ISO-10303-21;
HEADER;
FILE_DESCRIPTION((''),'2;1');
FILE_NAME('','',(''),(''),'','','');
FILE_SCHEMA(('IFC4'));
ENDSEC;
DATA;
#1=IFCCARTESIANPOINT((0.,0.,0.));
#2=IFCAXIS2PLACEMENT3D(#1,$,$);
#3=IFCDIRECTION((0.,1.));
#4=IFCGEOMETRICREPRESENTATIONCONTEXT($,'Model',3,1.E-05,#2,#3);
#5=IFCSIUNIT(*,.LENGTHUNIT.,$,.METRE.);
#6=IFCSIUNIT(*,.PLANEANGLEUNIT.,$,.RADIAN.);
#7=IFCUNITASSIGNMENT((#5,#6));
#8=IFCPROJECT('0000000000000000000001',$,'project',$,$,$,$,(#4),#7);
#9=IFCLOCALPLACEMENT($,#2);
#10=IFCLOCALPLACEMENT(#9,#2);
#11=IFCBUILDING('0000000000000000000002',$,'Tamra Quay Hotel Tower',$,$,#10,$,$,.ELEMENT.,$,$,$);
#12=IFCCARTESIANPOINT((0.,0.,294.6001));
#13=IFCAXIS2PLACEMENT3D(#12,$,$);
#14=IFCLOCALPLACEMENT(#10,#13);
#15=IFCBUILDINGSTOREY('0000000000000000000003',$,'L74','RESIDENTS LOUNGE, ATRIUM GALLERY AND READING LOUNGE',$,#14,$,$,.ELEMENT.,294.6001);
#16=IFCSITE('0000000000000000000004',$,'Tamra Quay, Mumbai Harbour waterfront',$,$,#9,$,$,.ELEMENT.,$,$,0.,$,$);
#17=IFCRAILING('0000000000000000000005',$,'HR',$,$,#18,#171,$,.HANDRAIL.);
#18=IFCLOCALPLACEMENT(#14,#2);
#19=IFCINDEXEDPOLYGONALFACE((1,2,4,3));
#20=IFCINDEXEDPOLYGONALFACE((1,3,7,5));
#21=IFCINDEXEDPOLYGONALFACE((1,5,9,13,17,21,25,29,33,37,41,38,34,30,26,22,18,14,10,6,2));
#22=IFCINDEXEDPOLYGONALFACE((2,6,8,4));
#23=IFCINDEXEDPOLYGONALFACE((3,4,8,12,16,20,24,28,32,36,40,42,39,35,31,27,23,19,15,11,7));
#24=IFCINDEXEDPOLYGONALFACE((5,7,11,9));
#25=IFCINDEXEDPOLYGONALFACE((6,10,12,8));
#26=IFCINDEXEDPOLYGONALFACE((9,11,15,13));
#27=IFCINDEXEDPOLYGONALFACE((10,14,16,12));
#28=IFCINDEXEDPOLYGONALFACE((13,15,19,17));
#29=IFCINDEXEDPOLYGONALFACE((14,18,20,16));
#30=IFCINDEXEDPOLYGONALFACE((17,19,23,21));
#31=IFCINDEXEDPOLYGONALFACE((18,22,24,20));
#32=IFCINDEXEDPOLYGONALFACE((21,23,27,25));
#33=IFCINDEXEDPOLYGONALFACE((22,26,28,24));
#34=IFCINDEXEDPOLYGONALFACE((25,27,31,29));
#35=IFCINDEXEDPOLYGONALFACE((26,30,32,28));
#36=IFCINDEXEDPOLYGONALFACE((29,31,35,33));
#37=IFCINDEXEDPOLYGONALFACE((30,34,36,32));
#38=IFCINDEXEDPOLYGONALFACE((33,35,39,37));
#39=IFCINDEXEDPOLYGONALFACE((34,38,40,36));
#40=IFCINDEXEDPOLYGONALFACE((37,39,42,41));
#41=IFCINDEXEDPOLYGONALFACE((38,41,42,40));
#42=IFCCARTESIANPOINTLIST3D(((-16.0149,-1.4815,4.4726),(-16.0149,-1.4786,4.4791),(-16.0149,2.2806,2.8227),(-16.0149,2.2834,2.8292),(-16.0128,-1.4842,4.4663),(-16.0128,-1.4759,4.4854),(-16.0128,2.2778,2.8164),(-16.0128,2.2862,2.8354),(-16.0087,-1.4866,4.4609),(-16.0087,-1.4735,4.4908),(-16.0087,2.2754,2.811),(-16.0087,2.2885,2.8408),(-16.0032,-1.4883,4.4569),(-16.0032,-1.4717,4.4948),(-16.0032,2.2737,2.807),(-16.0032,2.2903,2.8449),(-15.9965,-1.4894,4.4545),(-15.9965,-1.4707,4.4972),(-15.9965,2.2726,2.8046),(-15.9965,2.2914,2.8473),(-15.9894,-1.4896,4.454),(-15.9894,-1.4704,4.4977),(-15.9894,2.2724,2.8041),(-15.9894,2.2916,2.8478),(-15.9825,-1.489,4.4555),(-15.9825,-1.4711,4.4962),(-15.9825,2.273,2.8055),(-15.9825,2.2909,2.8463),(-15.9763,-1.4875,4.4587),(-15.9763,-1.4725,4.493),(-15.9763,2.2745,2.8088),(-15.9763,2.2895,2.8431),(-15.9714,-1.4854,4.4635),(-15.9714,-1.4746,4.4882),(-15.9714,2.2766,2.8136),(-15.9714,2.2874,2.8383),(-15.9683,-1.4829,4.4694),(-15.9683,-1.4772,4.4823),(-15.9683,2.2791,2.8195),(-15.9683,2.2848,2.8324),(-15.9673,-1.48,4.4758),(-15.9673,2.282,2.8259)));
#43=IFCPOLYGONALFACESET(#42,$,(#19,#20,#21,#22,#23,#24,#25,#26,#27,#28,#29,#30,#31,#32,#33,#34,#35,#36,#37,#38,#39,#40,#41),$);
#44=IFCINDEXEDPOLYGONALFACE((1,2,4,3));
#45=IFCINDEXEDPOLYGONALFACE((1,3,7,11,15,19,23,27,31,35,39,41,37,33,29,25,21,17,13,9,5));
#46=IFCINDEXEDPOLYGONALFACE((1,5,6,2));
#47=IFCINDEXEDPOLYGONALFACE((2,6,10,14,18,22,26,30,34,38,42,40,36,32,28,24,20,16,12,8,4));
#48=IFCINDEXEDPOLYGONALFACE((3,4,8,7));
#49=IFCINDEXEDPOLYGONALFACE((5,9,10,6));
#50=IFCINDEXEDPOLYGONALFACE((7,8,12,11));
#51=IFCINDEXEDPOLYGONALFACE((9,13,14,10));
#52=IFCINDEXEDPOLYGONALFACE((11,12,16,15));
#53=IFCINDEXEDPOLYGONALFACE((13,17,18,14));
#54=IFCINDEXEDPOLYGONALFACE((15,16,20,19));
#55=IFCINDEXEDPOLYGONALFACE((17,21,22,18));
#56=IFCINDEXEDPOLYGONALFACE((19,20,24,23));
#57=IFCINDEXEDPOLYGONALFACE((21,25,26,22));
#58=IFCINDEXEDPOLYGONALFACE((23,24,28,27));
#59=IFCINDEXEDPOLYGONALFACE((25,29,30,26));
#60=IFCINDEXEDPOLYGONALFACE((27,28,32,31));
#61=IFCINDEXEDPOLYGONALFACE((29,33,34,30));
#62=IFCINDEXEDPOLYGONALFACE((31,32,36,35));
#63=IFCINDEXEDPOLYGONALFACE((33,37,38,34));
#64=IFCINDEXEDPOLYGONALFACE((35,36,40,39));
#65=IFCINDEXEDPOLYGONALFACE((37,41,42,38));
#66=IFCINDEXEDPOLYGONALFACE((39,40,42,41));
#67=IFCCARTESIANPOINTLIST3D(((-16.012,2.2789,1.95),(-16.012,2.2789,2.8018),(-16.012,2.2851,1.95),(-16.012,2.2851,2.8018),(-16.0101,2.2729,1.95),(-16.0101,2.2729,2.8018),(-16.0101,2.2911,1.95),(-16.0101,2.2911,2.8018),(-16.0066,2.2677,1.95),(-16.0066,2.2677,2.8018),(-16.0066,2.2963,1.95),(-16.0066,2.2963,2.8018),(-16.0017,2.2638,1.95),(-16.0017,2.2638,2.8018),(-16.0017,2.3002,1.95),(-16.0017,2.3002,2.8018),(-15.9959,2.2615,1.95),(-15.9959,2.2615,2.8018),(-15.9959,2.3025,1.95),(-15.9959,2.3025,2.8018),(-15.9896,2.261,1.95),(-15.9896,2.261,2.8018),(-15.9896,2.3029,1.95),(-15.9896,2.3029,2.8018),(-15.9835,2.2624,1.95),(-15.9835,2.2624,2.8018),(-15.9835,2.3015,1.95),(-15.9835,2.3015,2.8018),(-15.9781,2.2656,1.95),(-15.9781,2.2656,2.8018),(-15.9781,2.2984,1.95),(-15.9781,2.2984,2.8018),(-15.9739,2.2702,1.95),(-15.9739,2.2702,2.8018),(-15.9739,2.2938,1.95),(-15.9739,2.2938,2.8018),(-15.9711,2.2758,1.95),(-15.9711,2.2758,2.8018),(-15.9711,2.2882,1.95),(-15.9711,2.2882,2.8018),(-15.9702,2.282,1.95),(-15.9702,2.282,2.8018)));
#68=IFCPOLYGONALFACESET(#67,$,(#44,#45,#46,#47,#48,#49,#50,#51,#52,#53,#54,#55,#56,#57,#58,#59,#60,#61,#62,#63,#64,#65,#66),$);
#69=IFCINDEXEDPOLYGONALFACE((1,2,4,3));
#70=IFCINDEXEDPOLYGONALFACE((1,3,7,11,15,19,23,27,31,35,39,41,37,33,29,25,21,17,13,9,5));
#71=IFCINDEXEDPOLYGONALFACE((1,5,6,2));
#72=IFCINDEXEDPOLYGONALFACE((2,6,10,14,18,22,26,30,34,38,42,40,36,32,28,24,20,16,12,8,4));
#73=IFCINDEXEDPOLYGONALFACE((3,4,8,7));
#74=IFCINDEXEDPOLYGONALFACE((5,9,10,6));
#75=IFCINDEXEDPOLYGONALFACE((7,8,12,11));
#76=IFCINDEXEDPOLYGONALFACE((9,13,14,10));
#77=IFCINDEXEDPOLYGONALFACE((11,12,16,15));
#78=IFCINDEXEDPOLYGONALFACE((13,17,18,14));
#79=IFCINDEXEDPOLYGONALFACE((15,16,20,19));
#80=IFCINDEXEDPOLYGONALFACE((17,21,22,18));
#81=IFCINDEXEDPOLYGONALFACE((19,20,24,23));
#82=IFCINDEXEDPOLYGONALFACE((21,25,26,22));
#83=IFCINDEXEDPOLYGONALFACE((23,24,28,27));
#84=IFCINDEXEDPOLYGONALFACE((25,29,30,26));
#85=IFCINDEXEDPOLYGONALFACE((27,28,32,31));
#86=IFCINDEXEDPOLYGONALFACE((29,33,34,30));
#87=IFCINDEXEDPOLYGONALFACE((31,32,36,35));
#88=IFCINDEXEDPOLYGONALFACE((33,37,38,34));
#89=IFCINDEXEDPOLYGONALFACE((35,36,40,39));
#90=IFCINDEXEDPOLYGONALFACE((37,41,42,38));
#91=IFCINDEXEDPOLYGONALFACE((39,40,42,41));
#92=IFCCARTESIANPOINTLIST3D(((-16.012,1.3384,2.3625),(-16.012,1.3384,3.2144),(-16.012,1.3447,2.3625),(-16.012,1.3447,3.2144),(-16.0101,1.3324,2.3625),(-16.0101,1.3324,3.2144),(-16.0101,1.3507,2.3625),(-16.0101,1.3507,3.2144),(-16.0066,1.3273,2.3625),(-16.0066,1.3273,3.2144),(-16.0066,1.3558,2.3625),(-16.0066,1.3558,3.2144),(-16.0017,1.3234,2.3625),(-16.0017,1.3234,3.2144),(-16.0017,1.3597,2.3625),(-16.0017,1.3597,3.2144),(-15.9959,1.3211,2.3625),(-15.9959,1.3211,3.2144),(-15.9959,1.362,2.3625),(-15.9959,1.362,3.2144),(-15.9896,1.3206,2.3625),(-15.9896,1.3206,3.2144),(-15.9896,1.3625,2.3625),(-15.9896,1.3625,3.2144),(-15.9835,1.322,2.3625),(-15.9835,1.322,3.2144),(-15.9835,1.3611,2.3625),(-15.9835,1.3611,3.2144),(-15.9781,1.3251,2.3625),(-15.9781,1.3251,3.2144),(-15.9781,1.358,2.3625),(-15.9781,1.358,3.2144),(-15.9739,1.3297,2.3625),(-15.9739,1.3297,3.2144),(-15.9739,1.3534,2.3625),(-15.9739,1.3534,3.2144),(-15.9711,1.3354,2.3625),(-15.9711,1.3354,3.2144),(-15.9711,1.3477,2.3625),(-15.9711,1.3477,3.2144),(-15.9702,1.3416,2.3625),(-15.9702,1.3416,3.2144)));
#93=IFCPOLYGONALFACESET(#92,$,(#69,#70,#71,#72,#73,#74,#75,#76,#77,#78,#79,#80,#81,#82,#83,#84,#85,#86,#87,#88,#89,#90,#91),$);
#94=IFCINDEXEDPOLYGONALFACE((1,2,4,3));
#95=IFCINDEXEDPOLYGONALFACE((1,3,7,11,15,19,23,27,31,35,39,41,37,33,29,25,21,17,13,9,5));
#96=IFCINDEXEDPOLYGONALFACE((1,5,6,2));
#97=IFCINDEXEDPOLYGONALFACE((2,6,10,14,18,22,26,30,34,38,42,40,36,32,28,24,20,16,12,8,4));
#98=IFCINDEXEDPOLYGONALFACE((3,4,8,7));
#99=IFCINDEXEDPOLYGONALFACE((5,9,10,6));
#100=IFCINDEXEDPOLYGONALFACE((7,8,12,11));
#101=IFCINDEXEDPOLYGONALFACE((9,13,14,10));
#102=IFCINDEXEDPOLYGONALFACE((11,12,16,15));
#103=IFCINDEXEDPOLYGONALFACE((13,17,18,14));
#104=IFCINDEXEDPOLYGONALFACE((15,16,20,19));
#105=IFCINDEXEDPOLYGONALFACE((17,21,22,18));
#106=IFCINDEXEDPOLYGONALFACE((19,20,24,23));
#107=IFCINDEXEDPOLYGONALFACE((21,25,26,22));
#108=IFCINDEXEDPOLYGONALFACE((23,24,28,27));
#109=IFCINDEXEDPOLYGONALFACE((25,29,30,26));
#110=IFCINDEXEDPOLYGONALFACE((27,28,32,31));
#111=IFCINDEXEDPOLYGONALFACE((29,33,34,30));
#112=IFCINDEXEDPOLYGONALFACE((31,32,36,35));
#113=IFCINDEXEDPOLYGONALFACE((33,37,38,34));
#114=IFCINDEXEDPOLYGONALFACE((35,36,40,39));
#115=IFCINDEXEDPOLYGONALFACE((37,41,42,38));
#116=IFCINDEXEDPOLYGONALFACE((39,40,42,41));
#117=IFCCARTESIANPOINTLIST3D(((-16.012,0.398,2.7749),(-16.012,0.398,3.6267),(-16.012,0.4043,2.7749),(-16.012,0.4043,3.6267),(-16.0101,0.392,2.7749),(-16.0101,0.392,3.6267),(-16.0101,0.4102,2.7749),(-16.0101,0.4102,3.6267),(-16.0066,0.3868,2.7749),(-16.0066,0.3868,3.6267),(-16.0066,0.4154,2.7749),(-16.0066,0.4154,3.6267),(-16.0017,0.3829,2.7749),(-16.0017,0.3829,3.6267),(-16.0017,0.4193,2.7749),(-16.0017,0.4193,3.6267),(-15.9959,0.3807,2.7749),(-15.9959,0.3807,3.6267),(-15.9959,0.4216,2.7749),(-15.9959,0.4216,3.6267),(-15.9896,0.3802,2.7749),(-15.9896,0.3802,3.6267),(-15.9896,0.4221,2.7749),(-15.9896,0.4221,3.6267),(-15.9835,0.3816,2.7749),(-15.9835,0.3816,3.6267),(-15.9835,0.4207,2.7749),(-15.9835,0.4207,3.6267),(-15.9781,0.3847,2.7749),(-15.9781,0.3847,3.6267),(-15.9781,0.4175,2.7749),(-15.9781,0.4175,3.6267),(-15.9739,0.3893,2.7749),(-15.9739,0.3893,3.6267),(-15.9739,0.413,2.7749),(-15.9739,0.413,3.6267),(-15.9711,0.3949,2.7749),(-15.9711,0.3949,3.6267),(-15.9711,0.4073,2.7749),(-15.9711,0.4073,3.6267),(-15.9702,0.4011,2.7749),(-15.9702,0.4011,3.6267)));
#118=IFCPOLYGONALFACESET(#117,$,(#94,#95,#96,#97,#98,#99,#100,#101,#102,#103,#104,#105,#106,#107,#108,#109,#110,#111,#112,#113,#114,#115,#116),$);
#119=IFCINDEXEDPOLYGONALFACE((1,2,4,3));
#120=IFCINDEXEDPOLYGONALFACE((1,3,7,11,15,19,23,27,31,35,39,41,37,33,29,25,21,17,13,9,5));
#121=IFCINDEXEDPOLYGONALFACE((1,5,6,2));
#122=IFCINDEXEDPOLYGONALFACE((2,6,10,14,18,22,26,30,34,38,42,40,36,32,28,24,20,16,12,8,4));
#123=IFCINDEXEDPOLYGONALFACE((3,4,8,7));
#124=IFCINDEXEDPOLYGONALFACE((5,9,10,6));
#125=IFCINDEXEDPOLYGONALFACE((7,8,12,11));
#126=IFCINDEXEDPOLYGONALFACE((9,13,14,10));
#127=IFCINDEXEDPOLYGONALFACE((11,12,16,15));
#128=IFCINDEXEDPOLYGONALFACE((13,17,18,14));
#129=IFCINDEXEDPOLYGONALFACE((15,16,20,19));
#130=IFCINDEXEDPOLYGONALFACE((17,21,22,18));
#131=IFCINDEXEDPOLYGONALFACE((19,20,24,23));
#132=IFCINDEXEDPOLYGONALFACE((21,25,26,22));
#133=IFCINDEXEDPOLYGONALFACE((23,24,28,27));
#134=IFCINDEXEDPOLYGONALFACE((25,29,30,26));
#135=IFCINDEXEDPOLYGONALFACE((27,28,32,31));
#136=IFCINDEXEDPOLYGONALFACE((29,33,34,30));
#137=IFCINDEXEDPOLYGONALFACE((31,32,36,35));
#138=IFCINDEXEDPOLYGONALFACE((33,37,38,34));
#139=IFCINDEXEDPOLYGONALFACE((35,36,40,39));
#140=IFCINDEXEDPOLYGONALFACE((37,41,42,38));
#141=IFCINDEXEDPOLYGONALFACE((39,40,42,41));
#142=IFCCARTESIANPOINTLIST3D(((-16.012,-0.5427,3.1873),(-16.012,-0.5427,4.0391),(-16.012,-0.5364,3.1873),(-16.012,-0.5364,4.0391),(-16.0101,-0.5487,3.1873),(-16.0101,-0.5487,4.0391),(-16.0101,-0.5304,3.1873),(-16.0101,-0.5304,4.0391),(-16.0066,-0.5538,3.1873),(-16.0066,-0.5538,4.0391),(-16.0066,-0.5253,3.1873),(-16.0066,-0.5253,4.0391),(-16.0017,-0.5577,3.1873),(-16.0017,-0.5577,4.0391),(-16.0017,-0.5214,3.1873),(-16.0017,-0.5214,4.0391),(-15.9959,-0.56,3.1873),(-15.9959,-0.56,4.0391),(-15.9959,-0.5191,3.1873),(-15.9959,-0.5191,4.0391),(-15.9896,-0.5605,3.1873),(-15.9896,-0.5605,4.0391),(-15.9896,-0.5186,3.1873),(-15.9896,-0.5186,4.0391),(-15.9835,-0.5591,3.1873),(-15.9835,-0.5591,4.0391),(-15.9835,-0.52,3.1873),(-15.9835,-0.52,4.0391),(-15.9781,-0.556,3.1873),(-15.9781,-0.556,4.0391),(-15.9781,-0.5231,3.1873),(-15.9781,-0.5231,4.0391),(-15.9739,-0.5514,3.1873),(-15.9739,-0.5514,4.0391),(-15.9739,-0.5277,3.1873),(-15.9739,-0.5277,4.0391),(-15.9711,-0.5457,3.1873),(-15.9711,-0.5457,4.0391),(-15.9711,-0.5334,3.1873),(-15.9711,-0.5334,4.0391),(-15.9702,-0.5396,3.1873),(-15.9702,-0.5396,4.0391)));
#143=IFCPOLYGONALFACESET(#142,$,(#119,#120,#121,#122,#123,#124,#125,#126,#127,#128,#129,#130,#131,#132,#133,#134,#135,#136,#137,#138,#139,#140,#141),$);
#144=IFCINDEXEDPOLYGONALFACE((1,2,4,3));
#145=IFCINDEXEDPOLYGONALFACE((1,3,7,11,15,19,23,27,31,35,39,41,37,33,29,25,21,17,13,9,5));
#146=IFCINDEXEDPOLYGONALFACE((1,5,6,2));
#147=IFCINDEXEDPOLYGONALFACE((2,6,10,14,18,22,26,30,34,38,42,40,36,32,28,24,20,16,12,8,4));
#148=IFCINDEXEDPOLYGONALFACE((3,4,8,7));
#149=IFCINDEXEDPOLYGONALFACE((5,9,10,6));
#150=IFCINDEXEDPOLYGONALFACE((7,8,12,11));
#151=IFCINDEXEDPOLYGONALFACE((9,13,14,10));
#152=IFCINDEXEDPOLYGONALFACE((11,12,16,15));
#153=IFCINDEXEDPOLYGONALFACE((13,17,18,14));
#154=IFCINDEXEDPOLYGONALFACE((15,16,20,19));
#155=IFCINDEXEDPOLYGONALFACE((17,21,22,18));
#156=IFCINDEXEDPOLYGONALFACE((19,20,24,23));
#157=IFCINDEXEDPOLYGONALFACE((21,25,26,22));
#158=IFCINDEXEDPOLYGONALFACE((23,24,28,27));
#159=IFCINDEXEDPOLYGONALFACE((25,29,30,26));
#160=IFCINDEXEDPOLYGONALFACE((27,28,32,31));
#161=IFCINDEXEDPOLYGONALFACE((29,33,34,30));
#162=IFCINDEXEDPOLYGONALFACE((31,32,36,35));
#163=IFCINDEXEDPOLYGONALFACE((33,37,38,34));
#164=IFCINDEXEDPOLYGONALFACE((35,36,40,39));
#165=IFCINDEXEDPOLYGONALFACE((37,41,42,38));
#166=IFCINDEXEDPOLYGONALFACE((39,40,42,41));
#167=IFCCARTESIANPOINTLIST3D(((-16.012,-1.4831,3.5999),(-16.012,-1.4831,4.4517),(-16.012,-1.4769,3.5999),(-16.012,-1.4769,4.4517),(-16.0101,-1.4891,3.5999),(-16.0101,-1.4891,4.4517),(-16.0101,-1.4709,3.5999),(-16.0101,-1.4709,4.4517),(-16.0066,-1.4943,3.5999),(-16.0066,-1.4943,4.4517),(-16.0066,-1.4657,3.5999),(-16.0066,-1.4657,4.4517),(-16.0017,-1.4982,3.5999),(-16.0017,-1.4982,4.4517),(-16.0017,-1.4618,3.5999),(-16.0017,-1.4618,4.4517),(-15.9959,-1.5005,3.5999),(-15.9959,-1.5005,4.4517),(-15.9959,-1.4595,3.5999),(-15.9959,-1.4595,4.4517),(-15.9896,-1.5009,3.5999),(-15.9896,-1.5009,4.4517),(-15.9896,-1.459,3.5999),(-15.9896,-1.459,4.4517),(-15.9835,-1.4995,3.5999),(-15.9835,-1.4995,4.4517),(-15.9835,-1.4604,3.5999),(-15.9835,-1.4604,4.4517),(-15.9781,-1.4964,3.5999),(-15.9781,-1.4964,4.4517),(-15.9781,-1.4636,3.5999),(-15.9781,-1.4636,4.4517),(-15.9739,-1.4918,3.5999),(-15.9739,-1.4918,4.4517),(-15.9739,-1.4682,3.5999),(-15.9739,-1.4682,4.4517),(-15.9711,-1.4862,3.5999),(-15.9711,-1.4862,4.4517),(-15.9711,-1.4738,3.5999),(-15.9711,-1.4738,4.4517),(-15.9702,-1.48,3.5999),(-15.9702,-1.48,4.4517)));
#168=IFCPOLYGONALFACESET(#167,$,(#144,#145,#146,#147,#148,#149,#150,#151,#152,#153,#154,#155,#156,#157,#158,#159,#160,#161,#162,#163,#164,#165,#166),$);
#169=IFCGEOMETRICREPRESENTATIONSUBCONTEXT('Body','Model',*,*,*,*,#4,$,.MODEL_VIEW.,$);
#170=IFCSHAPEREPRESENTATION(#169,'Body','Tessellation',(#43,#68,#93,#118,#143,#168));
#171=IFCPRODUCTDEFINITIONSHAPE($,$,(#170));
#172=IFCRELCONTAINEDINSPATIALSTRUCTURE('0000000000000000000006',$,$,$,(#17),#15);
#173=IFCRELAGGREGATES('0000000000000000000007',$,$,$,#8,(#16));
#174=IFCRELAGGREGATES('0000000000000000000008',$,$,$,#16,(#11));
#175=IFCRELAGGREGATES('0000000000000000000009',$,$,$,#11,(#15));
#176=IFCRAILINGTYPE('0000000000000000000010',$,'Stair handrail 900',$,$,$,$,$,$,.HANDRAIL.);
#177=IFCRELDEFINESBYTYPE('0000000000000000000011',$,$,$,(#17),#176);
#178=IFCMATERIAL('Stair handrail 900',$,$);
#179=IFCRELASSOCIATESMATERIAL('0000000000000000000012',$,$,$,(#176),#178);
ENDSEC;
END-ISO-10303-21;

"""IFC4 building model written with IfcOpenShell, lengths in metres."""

from ifc_helpers import new_model, si_unit, direction, frame, origin, origin_2d, place, context, subcontext, project, spatial, circle, extrude, material, type_object, element, save


model = new_model("IFC4")

# Units and contexts
model_context = context("Model", 3, precision=1e-05, world=origin(), true_north=direction((0.0, 1.0)))
body_context = subcontext(model_context, "Body", "Model", "MODEL_VIEW")
ifc_project = project(units=[si_unit("LENGTHUNIT", "METRE"), si_unit("PLANEANGLEUNIT", "RADIAN")], contexts=[model_context])

# Site, building, storey
site_placement = place(None, origin())
site = spatial("IfcSite", under=ifc_project, at=site_placement, Name="Tamra Quay, Mumbai Harbour waterfront", CompositionType="ELEMENT", RefElevation=0.0)
building_placement = place(site_placement, origin())
building = spatial("IfcBuilding", under=site, at=building_placement, Name="Tamra Quay Hotel Tower", CompositionType="ELEMENT")
storey_placement = place(building_placement, frame((0.0, 0.0, 294.6001)))
storey = spatial("IfcBuildingStorey", under=building, at=storey_placement, Name="L74", Description="RESIDENTS LOUNGE, ATRIUM GALLERY AND READING LOUNGE", CompositionType="ELEMENT", Elevation=294.6001)

# Railing
ifc_material_1 = material(Name="Stair handrail 900")
railing_type = type_object("IfcRailingType", Name="Stair handrail 900", PredefinedType="HANDRAIL", material=ifc_material_1)
railing_placement = place(storey_placement, frame((-15.9912, 2.282, 1.95)))
element("IfcRailing", 1, at=railing_placement, inside=storey, type_object=railing_type, Name="HR", PredefinedType="HANDRAIL", context=body_context, shape_type="SweptSolid", body=[
    extrude(circle(Radius=0.0239, at=origin_2d()), frame((0.0, 0.0, 0.876), z_axis=(0.0, -0.915795, 0.401645), x_axis=(1.0, 0.0, 0.0)), (0.0, 0.0, 1.0), 4.1079),
    extrude(circle(Radius=0.021, at=origin_2d()), origin(), (0.0, 0.0, 1.0), 0.8518),
    extrude(circle(Radius=0.021, at=origin_2d()), frame((0.0, -0.9404, 0.4126)), (0.0, 0.0, 1.0), 0.8518),
    extrude(circle(Radius=0.021, at=origin_2d()), frame((0.0, -1.8809, 0.825)), (0.0, 0.0, 1.0), 0.8518),
    extrude(circle(Radius=0.021, at=origin_2d()), frame((0.0, -2.8215, 1.2373)), (0.0, 0.0, 1.0), 0.8518),
    extrude(circle(Radius=0.021, at=origin_2d()), frame((0.0, -3.762, 1.6499)), (0.0, 0.0, 1.0), 0.8518),
])

save(model, "model.ifc")
